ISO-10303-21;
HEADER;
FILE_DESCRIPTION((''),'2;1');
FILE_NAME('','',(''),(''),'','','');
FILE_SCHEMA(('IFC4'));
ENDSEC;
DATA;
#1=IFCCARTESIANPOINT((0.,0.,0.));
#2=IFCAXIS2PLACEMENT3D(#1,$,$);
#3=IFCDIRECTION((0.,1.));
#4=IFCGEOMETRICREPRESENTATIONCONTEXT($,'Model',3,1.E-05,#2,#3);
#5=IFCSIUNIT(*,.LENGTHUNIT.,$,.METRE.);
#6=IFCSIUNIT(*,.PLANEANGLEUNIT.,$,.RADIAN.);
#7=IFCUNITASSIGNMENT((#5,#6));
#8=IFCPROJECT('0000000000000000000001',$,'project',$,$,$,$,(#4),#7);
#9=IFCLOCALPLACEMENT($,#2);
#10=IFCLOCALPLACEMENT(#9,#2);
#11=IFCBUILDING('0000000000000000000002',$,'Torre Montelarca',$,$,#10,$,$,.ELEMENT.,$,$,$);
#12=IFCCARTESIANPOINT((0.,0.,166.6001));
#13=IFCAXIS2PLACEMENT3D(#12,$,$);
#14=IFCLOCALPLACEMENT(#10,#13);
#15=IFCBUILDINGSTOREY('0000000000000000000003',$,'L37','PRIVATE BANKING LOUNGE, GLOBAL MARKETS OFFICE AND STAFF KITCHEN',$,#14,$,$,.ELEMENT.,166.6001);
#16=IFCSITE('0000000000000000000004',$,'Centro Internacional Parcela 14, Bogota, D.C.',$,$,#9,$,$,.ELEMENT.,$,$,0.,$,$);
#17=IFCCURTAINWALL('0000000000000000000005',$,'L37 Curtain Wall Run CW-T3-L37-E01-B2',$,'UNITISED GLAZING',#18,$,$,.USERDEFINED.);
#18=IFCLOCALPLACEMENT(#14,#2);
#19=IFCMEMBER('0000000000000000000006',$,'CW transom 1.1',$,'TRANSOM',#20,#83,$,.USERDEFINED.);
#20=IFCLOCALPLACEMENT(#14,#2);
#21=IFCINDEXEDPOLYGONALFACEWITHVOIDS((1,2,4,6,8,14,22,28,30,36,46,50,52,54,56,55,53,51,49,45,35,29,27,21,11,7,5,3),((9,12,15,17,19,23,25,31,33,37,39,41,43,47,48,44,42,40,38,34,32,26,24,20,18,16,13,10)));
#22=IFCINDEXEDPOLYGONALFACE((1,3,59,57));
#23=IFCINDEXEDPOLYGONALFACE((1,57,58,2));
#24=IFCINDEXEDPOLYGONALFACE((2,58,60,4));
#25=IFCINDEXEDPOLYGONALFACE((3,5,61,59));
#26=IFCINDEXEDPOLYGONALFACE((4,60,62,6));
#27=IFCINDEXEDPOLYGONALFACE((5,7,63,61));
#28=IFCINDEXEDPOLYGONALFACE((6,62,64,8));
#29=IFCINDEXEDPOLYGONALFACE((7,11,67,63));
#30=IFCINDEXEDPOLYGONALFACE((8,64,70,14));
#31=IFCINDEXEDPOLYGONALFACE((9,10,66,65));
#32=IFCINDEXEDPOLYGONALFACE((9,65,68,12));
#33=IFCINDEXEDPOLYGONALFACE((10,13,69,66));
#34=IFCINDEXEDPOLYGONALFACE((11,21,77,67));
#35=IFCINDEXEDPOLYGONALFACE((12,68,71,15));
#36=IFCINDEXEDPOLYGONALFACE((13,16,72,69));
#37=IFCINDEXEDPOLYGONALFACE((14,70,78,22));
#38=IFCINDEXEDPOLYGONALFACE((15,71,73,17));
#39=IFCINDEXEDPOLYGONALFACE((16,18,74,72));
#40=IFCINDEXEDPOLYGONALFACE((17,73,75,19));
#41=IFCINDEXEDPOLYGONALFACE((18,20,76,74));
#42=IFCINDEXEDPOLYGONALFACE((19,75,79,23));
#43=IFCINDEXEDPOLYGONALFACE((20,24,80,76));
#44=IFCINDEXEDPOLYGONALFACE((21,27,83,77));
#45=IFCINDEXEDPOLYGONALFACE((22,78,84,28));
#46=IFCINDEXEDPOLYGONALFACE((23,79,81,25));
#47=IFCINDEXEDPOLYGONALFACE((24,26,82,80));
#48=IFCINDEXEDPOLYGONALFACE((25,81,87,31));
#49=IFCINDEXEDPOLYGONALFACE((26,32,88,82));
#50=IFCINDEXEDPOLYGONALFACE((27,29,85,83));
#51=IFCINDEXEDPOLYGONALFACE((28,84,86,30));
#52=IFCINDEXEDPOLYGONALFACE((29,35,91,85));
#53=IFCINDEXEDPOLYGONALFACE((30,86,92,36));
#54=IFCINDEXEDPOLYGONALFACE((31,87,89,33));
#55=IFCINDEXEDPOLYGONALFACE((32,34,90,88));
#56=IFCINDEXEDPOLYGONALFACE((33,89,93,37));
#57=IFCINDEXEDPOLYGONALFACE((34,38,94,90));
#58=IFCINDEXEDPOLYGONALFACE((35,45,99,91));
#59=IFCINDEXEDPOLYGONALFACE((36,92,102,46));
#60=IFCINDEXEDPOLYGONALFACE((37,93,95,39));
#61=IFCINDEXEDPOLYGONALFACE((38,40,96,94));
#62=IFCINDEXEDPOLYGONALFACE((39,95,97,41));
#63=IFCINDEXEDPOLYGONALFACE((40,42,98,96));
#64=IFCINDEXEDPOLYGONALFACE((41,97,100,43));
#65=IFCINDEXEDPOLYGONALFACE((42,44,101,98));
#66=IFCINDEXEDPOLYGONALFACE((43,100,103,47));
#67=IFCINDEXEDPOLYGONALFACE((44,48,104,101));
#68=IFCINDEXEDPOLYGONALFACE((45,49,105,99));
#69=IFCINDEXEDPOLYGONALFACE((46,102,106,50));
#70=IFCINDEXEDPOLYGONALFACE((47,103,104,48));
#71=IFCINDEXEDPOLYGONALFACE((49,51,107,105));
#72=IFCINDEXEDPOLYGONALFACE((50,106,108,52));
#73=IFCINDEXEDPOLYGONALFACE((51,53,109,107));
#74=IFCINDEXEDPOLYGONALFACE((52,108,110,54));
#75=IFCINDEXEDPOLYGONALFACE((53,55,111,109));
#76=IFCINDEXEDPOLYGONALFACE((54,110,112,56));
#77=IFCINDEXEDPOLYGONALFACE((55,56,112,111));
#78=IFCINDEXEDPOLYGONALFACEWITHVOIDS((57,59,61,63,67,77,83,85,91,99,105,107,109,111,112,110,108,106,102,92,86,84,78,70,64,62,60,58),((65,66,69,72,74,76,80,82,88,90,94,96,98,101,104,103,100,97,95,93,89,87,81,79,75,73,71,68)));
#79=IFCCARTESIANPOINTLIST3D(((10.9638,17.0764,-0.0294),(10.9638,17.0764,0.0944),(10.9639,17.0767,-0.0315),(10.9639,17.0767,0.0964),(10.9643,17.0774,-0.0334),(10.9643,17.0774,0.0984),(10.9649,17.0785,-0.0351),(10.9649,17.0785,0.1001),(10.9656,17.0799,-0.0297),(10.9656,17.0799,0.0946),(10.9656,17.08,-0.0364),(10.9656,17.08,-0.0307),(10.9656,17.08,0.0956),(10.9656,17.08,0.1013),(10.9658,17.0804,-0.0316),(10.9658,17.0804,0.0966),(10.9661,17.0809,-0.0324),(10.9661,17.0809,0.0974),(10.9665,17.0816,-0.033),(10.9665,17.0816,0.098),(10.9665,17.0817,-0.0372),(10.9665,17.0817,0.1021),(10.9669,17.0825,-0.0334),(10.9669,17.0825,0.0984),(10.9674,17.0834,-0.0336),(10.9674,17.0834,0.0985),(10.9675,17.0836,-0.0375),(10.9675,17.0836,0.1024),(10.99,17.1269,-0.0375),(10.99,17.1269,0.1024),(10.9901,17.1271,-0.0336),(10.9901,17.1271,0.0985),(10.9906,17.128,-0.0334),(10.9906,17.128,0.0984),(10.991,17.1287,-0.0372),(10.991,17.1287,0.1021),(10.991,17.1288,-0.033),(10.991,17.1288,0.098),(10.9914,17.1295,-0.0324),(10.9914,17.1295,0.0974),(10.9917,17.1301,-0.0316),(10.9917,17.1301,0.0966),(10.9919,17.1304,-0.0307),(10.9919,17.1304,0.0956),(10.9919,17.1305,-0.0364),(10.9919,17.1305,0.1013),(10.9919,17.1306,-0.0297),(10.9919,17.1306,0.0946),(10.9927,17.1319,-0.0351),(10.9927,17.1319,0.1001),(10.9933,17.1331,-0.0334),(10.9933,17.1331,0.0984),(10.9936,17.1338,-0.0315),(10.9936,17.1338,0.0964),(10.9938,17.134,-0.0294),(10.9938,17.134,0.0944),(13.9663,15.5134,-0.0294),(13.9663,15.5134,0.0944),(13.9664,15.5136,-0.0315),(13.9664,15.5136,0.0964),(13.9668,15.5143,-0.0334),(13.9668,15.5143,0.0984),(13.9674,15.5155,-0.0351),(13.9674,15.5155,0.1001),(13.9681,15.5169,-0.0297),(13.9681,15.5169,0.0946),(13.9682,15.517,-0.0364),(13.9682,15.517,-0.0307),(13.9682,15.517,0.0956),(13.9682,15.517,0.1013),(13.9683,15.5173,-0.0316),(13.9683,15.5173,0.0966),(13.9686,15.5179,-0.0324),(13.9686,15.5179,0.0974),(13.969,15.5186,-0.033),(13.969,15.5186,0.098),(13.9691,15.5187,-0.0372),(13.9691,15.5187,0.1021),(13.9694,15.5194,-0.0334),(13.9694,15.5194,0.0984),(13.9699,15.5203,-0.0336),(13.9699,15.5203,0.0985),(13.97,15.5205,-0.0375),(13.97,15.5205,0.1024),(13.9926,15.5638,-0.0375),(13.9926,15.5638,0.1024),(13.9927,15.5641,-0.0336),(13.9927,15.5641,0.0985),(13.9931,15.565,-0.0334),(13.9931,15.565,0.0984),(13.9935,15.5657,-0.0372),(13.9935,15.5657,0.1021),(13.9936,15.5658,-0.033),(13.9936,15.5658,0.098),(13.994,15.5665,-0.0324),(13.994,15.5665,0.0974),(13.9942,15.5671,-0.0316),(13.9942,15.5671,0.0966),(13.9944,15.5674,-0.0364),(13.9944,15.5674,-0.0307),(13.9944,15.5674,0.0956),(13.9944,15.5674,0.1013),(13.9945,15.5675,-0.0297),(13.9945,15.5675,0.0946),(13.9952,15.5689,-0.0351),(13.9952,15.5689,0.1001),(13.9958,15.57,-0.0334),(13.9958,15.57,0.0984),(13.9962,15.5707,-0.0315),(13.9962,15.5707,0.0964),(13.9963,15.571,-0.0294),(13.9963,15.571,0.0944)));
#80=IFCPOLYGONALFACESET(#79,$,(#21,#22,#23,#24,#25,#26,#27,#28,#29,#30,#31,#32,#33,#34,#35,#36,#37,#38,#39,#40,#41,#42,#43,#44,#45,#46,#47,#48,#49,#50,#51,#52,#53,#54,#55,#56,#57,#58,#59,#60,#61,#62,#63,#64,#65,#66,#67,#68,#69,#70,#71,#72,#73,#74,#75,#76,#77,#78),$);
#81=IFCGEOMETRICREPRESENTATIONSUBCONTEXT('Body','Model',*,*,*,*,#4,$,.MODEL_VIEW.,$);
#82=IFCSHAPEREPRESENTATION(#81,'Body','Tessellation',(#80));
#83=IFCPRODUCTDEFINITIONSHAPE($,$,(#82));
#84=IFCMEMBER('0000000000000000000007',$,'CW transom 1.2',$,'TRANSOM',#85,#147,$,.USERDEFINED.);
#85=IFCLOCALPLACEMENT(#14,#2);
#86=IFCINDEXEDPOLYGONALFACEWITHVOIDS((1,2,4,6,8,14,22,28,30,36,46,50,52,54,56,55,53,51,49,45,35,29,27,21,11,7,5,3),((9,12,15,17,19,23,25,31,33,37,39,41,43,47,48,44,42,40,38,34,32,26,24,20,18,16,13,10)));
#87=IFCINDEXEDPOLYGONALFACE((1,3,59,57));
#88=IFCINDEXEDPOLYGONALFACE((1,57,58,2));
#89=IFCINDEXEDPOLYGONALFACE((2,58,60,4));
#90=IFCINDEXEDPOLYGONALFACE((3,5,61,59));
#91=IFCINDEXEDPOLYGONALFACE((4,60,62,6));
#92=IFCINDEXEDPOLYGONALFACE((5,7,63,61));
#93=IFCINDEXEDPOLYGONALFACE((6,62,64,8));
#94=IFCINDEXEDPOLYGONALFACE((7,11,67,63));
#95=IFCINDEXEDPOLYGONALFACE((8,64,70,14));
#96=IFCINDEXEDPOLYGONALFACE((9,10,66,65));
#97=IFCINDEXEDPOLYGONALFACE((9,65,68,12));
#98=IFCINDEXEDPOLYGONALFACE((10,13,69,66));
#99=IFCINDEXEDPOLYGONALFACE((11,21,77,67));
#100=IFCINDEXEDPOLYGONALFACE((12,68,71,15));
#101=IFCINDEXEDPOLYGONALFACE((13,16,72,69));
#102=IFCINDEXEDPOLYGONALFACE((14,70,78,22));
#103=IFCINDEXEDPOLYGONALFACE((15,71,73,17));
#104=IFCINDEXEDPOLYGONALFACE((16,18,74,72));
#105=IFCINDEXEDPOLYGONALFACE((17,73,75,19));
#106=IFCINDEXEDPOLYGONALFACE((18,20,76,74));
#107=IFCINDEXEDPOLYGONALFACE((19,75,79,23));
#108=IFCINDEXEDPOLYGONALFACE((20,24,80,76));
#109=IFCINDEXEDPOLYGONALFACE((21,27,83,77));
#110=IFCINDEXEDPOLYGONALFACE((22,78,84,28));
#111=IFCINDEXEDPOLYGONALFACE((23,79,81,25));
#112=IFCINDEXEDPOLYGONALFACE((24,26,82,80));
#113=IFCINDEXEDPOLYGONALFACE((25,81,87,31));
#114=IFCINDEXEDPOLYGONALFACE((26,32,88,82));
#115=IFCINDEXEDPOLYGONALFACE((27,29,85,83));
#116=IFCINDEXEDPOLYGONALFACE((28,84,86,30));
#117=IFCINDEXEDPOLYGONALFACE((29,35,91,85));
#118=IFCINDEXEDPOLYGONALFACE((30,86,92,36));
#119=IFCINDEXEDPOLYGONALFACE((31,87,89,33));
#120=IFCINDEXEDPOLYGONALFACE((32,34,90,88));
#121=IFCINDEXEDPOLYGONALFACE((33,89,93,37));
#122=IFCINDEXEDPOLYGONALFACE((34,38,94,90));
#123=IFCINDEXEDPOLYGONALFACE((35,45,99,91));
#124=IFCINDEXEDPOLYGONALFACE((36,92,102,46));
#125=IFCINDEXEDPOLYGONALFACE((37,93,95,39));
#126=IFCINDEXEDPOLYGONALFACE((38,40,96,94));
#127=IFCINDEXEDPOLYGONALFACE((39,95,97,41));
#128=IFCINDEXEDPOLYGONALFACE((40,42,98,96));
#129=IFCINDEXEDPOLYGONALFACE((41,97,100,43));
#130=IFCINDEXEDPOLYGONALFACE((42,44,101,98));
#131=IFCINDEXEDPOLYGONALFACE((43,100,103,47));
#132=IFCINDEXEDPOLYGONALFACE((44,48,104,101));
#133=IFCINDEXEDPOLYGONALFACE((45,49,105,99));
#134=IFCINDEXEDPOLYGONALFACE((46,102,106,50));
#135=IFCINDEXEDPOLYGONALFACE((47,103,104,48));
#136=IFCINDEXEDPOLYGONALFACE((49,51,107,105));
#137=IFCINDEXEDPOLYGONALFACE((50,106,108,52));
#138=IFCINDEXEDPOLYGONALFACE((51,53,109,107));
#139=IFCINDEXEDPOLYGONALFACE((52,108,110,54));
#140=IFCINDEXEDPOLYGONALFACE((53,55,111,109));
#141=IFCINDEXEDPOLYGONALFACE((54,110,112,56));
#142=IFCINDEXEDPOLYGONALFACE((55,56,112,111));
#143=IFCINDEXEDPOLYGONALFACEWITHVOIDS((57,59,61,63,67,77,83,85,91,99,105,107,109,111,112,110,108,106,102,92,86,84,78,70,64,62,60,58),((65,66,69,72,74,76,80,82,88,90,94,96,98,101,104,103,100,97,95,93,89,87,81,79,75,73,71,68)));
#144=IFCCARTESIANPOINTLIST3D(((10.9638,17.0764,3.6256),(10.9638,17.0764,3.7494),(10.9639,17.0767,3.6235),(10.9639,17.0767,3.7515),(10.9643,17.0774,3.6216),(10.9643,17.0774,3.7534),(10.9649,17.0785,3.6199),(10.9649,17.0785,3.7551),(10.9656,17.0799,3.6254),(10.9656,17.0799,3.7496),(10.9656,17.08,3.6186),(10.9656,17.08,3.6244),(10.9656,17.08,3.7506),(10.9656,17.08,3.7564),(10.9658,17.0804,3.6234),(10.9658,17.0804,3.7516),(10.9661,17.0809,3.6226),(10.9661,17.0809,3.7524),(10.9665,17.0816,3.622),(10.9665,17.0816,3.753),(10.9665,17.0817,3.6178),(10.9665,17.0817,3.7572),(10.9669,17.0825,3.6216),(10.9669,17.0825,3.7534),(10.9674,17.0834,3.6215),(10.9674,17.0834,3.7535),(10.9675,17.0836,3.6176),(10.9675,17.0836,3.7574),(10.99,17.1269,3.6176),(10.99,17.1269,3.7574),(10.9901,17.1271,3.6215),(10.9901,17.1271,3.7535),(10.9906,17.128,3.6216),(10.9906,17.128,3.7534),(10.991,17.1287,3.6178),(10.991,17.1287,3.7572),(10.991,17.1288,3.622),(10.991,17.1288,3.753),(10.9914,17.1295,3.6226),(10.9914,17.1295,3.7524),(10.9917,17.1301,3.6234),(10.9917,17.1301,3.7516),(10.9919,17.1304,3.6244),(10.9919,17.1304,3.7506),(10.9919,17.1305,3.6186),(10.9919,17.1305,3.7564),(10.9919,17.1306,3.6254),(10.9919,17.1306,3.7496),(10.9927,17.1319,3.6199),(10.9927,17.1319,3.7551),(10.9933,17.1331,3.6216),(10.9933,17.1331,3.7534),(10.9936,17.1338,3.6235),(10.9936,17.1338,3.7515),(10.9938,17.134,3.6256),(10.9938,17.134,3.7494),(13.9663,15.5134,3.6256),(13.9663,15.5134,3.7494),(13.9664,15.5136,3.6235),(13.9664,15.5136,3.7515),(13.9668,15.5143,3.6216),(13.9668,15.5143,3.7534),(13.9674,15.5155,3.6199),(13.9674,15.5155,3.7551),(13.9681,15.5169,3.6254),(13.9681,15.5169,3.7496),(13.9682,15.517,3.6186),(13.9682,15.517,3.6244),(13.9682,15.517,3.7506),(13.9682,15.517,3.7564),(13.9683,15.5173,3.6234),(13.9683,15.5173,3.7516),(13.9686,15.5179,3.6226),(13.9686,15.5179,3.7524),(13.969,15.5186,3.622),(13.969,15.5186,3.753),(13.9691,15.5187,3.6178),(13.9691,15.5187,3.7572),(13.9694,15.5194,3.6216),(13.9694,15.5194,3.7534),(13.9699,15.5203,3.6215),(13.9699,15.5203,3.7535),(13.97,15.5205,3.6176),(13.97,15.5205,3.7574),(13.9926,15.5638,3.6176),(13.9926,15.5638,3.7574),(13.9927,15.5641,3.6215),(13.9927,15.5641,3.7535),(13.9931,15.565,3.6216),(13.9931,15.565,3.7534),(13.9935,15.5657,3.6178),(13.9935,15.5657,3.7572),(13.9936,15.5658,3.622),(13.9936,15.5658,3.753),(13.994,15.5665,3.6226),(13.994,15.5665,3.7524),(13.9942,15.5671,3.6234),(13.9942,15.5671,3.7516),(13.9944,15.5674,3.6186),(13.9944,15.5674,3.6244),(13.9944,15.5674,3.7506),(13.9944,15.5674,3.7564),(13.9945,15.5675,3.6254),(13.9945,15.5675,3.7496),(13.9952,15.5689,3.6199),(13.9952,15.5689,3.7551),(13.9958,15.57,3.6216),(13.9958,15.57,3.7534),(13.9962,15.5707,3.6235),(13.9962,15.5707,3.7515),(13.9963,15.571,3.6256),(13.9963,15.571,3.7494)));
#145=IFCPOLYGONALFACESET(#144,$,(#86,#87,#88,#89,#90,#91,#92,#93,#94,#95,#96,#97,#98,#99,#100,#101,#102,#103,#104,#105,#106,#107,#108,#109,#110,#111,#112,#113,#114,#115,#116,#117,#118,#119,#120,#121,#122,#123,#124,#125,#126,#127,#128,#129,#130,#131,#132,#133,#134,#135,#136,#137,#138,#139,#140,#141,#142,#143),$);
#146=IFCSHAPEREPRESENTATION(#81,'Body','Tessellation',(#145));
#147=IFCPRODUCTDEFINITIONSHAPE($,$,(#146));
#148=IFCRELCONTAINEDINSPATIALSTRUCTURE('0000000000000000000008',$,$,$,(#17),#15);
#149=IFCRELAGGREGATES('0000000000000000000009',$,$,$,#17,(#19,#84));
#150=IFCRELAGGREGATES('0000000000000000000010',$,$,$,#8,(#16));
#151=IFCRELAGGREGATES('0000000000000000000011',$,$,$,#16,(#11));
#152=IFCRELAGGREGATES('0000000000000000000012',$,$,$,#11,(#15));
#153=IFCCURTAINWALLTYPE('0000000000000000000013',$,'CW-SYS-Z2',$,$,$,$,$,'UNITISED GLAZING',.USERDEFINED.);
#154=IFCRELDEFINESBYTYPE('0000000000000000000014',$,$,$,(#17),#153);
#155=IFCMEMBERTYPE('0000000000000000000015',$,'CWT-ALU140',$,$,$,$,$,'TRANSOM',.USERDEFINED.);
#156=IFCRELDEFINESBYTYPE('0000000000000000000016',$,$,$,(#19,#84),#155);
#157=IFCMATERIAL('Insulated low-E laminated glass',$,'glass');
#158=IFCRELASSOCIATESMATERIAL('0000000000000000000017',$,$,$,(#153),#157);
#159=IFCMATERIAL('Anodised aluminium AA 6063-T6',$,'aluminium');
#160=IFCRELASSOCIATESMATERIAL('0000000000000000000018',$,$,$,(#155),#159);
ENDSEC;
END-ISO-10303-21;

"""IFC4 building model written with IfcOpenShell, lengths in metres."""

from ifc_helpers import new_model, si_unit, direction, frame, origin, origin_2d, place, context, subcontext, project, spatial, hollow_rectangle, extrude, source, transform, mapped, material, material_profile, profile_set, type_object, element, aggregate, save


model = new_model("IFC4")

# Units and contexts
model_context = context("Model", 3, precision=1e-05, world=origin(), true_north=direction((0.0, 1.0)))
body_context = subcontext(model_context, "Body", "Model", "MODEL_VIEW")
ifc_project = project(units=[si_unit("LENGTHUNIT", "METRE"), si_unit("PLANEANGLEUNIT", "RADIAN")], contexts=[model_context])

# Site, building, storey
site_placement = place(None, origin())
site = spatial("IfcSite", under=ifc_project, at=site_placement, Name="Centro Internacional Parcela 14, Bogota, D.C.", CompositionType="ELEMENT", RefElevation=0.0)
building_placement = place(site_placement, origin())
building = spatial("IfcBuilding", under=site, at=building_placement, Name="Torre Montelarca", CompositionType="ELEMENT")
storey_placement = place(building_placement, frame((0.0, 0.0, 166.6001)))
storey = spatial("IfcBuildingStorey", under=building, at=storey_placement, Name="L37", Description="PRIVATE BANKING LOUNGE, GLOBAL MARKETS OFFICE AND STAFF KITCHEN", CompositionType="ELEMENT", Elevation=166.6001)

# Curtain wall
ifc_material_1 = material(Name="Insulated low-E laminated glass", Category="glass")
curtain_wall_type = type_object("IfcCurtainWallType", Name="CW-SYS-Z2", ElementType="UNITISED GLAZING", PredefinedType="USERDEFINED", material=ifc_material_1)
ifc_material_2 = material(Name="Anodised aluminium AA 6063-T6", Category="aluminium")
curtain_wall_1_placement = place(storey_placement, origin())
curtain_wall_1 = element("IfcCurtainWall", 1, at=curtain_wall_1_placement, inside=storey, type_object=curtain_wall_type, Name="L37 Curtain Wall Run CW-T3-L37-E01-B2", ObjectType="UNITISED GLAZING", PredefinedType="USERDEFINED")

# Members
ifc_material_profile_1 = material_profile(ifc_material_2, hollow_rectangle(XDim=0.0649, YDim=0.1399, WallThickness=0.0039, InnerFilletRadius=0.0039, OuterFilletRadius=0.0081, at=origin_2d()), Name="ALU65X140X4", Category="aluminium")
ifc_profile_set_1 = profile_set([ifc_material_profile_1], Name="Anodised aluminium AA 6063-T6")
member_type_1 = type_object("IfcMemberType", Name="CWT-ALU140", ElementType="TRANSOM", PredefinedType="USERDEFINED", material=ifc_profile_set_1)
shared_shape_1 = source(origin(), body_context, "Body", "SweptSolid", [
    extrude(hollow_rectangle(XDim=0.0649, YDim=0.1399, WallThickness=0.0039, InnerFilletRadius=0.0039, OuterFilletRadius=0.0081, at=origin_2d()), origin(), (0.0, 0.0, 1.0), 3.385),
])
member_1_placement = place(storey_placement, frame((10.9788, 17.1052, 0.0325), z_axis=(0.887009, -0.461752, 0.0), x_axis=(0.461752, 0.887009, 0.0)))
member_1 = element("IfcMember", 2, at=member_1_placement, type_object=member_type_1, Name="CW transom 1.1", ObjectType="TRANSOM", PredefinedType="USERDEFINED", context=body_context, shape_type="MappedRepresentation", body=[
    mapped(shared_shape_1, transform((0.0, 0.0, 0.0), scale=1.0)),
])
member_2_placement = place(storey_placement, frame((10.9788, 17.1052, 3.6875), z_axis=(0.887009, -0.461752, 0.0), x_axis=(0.461752, 0.887009, 0.0)))
member_2 = element("IfcMember", 3, at=member_2_placement, type_object=member_type_1, Name="CW transom 1.2", ObjectType="TRANSOM", PredefinedType="USERDEFINED", context=body_context, shape_type="MappedRepresentation", body=[
    mapped(shared_shape_1, transform((0.0, 0.0, 0.0), scale=1.0)),
])

aggregate(curtain_wall_1, [member_1, member_2])

save(model, "model.ifc")
